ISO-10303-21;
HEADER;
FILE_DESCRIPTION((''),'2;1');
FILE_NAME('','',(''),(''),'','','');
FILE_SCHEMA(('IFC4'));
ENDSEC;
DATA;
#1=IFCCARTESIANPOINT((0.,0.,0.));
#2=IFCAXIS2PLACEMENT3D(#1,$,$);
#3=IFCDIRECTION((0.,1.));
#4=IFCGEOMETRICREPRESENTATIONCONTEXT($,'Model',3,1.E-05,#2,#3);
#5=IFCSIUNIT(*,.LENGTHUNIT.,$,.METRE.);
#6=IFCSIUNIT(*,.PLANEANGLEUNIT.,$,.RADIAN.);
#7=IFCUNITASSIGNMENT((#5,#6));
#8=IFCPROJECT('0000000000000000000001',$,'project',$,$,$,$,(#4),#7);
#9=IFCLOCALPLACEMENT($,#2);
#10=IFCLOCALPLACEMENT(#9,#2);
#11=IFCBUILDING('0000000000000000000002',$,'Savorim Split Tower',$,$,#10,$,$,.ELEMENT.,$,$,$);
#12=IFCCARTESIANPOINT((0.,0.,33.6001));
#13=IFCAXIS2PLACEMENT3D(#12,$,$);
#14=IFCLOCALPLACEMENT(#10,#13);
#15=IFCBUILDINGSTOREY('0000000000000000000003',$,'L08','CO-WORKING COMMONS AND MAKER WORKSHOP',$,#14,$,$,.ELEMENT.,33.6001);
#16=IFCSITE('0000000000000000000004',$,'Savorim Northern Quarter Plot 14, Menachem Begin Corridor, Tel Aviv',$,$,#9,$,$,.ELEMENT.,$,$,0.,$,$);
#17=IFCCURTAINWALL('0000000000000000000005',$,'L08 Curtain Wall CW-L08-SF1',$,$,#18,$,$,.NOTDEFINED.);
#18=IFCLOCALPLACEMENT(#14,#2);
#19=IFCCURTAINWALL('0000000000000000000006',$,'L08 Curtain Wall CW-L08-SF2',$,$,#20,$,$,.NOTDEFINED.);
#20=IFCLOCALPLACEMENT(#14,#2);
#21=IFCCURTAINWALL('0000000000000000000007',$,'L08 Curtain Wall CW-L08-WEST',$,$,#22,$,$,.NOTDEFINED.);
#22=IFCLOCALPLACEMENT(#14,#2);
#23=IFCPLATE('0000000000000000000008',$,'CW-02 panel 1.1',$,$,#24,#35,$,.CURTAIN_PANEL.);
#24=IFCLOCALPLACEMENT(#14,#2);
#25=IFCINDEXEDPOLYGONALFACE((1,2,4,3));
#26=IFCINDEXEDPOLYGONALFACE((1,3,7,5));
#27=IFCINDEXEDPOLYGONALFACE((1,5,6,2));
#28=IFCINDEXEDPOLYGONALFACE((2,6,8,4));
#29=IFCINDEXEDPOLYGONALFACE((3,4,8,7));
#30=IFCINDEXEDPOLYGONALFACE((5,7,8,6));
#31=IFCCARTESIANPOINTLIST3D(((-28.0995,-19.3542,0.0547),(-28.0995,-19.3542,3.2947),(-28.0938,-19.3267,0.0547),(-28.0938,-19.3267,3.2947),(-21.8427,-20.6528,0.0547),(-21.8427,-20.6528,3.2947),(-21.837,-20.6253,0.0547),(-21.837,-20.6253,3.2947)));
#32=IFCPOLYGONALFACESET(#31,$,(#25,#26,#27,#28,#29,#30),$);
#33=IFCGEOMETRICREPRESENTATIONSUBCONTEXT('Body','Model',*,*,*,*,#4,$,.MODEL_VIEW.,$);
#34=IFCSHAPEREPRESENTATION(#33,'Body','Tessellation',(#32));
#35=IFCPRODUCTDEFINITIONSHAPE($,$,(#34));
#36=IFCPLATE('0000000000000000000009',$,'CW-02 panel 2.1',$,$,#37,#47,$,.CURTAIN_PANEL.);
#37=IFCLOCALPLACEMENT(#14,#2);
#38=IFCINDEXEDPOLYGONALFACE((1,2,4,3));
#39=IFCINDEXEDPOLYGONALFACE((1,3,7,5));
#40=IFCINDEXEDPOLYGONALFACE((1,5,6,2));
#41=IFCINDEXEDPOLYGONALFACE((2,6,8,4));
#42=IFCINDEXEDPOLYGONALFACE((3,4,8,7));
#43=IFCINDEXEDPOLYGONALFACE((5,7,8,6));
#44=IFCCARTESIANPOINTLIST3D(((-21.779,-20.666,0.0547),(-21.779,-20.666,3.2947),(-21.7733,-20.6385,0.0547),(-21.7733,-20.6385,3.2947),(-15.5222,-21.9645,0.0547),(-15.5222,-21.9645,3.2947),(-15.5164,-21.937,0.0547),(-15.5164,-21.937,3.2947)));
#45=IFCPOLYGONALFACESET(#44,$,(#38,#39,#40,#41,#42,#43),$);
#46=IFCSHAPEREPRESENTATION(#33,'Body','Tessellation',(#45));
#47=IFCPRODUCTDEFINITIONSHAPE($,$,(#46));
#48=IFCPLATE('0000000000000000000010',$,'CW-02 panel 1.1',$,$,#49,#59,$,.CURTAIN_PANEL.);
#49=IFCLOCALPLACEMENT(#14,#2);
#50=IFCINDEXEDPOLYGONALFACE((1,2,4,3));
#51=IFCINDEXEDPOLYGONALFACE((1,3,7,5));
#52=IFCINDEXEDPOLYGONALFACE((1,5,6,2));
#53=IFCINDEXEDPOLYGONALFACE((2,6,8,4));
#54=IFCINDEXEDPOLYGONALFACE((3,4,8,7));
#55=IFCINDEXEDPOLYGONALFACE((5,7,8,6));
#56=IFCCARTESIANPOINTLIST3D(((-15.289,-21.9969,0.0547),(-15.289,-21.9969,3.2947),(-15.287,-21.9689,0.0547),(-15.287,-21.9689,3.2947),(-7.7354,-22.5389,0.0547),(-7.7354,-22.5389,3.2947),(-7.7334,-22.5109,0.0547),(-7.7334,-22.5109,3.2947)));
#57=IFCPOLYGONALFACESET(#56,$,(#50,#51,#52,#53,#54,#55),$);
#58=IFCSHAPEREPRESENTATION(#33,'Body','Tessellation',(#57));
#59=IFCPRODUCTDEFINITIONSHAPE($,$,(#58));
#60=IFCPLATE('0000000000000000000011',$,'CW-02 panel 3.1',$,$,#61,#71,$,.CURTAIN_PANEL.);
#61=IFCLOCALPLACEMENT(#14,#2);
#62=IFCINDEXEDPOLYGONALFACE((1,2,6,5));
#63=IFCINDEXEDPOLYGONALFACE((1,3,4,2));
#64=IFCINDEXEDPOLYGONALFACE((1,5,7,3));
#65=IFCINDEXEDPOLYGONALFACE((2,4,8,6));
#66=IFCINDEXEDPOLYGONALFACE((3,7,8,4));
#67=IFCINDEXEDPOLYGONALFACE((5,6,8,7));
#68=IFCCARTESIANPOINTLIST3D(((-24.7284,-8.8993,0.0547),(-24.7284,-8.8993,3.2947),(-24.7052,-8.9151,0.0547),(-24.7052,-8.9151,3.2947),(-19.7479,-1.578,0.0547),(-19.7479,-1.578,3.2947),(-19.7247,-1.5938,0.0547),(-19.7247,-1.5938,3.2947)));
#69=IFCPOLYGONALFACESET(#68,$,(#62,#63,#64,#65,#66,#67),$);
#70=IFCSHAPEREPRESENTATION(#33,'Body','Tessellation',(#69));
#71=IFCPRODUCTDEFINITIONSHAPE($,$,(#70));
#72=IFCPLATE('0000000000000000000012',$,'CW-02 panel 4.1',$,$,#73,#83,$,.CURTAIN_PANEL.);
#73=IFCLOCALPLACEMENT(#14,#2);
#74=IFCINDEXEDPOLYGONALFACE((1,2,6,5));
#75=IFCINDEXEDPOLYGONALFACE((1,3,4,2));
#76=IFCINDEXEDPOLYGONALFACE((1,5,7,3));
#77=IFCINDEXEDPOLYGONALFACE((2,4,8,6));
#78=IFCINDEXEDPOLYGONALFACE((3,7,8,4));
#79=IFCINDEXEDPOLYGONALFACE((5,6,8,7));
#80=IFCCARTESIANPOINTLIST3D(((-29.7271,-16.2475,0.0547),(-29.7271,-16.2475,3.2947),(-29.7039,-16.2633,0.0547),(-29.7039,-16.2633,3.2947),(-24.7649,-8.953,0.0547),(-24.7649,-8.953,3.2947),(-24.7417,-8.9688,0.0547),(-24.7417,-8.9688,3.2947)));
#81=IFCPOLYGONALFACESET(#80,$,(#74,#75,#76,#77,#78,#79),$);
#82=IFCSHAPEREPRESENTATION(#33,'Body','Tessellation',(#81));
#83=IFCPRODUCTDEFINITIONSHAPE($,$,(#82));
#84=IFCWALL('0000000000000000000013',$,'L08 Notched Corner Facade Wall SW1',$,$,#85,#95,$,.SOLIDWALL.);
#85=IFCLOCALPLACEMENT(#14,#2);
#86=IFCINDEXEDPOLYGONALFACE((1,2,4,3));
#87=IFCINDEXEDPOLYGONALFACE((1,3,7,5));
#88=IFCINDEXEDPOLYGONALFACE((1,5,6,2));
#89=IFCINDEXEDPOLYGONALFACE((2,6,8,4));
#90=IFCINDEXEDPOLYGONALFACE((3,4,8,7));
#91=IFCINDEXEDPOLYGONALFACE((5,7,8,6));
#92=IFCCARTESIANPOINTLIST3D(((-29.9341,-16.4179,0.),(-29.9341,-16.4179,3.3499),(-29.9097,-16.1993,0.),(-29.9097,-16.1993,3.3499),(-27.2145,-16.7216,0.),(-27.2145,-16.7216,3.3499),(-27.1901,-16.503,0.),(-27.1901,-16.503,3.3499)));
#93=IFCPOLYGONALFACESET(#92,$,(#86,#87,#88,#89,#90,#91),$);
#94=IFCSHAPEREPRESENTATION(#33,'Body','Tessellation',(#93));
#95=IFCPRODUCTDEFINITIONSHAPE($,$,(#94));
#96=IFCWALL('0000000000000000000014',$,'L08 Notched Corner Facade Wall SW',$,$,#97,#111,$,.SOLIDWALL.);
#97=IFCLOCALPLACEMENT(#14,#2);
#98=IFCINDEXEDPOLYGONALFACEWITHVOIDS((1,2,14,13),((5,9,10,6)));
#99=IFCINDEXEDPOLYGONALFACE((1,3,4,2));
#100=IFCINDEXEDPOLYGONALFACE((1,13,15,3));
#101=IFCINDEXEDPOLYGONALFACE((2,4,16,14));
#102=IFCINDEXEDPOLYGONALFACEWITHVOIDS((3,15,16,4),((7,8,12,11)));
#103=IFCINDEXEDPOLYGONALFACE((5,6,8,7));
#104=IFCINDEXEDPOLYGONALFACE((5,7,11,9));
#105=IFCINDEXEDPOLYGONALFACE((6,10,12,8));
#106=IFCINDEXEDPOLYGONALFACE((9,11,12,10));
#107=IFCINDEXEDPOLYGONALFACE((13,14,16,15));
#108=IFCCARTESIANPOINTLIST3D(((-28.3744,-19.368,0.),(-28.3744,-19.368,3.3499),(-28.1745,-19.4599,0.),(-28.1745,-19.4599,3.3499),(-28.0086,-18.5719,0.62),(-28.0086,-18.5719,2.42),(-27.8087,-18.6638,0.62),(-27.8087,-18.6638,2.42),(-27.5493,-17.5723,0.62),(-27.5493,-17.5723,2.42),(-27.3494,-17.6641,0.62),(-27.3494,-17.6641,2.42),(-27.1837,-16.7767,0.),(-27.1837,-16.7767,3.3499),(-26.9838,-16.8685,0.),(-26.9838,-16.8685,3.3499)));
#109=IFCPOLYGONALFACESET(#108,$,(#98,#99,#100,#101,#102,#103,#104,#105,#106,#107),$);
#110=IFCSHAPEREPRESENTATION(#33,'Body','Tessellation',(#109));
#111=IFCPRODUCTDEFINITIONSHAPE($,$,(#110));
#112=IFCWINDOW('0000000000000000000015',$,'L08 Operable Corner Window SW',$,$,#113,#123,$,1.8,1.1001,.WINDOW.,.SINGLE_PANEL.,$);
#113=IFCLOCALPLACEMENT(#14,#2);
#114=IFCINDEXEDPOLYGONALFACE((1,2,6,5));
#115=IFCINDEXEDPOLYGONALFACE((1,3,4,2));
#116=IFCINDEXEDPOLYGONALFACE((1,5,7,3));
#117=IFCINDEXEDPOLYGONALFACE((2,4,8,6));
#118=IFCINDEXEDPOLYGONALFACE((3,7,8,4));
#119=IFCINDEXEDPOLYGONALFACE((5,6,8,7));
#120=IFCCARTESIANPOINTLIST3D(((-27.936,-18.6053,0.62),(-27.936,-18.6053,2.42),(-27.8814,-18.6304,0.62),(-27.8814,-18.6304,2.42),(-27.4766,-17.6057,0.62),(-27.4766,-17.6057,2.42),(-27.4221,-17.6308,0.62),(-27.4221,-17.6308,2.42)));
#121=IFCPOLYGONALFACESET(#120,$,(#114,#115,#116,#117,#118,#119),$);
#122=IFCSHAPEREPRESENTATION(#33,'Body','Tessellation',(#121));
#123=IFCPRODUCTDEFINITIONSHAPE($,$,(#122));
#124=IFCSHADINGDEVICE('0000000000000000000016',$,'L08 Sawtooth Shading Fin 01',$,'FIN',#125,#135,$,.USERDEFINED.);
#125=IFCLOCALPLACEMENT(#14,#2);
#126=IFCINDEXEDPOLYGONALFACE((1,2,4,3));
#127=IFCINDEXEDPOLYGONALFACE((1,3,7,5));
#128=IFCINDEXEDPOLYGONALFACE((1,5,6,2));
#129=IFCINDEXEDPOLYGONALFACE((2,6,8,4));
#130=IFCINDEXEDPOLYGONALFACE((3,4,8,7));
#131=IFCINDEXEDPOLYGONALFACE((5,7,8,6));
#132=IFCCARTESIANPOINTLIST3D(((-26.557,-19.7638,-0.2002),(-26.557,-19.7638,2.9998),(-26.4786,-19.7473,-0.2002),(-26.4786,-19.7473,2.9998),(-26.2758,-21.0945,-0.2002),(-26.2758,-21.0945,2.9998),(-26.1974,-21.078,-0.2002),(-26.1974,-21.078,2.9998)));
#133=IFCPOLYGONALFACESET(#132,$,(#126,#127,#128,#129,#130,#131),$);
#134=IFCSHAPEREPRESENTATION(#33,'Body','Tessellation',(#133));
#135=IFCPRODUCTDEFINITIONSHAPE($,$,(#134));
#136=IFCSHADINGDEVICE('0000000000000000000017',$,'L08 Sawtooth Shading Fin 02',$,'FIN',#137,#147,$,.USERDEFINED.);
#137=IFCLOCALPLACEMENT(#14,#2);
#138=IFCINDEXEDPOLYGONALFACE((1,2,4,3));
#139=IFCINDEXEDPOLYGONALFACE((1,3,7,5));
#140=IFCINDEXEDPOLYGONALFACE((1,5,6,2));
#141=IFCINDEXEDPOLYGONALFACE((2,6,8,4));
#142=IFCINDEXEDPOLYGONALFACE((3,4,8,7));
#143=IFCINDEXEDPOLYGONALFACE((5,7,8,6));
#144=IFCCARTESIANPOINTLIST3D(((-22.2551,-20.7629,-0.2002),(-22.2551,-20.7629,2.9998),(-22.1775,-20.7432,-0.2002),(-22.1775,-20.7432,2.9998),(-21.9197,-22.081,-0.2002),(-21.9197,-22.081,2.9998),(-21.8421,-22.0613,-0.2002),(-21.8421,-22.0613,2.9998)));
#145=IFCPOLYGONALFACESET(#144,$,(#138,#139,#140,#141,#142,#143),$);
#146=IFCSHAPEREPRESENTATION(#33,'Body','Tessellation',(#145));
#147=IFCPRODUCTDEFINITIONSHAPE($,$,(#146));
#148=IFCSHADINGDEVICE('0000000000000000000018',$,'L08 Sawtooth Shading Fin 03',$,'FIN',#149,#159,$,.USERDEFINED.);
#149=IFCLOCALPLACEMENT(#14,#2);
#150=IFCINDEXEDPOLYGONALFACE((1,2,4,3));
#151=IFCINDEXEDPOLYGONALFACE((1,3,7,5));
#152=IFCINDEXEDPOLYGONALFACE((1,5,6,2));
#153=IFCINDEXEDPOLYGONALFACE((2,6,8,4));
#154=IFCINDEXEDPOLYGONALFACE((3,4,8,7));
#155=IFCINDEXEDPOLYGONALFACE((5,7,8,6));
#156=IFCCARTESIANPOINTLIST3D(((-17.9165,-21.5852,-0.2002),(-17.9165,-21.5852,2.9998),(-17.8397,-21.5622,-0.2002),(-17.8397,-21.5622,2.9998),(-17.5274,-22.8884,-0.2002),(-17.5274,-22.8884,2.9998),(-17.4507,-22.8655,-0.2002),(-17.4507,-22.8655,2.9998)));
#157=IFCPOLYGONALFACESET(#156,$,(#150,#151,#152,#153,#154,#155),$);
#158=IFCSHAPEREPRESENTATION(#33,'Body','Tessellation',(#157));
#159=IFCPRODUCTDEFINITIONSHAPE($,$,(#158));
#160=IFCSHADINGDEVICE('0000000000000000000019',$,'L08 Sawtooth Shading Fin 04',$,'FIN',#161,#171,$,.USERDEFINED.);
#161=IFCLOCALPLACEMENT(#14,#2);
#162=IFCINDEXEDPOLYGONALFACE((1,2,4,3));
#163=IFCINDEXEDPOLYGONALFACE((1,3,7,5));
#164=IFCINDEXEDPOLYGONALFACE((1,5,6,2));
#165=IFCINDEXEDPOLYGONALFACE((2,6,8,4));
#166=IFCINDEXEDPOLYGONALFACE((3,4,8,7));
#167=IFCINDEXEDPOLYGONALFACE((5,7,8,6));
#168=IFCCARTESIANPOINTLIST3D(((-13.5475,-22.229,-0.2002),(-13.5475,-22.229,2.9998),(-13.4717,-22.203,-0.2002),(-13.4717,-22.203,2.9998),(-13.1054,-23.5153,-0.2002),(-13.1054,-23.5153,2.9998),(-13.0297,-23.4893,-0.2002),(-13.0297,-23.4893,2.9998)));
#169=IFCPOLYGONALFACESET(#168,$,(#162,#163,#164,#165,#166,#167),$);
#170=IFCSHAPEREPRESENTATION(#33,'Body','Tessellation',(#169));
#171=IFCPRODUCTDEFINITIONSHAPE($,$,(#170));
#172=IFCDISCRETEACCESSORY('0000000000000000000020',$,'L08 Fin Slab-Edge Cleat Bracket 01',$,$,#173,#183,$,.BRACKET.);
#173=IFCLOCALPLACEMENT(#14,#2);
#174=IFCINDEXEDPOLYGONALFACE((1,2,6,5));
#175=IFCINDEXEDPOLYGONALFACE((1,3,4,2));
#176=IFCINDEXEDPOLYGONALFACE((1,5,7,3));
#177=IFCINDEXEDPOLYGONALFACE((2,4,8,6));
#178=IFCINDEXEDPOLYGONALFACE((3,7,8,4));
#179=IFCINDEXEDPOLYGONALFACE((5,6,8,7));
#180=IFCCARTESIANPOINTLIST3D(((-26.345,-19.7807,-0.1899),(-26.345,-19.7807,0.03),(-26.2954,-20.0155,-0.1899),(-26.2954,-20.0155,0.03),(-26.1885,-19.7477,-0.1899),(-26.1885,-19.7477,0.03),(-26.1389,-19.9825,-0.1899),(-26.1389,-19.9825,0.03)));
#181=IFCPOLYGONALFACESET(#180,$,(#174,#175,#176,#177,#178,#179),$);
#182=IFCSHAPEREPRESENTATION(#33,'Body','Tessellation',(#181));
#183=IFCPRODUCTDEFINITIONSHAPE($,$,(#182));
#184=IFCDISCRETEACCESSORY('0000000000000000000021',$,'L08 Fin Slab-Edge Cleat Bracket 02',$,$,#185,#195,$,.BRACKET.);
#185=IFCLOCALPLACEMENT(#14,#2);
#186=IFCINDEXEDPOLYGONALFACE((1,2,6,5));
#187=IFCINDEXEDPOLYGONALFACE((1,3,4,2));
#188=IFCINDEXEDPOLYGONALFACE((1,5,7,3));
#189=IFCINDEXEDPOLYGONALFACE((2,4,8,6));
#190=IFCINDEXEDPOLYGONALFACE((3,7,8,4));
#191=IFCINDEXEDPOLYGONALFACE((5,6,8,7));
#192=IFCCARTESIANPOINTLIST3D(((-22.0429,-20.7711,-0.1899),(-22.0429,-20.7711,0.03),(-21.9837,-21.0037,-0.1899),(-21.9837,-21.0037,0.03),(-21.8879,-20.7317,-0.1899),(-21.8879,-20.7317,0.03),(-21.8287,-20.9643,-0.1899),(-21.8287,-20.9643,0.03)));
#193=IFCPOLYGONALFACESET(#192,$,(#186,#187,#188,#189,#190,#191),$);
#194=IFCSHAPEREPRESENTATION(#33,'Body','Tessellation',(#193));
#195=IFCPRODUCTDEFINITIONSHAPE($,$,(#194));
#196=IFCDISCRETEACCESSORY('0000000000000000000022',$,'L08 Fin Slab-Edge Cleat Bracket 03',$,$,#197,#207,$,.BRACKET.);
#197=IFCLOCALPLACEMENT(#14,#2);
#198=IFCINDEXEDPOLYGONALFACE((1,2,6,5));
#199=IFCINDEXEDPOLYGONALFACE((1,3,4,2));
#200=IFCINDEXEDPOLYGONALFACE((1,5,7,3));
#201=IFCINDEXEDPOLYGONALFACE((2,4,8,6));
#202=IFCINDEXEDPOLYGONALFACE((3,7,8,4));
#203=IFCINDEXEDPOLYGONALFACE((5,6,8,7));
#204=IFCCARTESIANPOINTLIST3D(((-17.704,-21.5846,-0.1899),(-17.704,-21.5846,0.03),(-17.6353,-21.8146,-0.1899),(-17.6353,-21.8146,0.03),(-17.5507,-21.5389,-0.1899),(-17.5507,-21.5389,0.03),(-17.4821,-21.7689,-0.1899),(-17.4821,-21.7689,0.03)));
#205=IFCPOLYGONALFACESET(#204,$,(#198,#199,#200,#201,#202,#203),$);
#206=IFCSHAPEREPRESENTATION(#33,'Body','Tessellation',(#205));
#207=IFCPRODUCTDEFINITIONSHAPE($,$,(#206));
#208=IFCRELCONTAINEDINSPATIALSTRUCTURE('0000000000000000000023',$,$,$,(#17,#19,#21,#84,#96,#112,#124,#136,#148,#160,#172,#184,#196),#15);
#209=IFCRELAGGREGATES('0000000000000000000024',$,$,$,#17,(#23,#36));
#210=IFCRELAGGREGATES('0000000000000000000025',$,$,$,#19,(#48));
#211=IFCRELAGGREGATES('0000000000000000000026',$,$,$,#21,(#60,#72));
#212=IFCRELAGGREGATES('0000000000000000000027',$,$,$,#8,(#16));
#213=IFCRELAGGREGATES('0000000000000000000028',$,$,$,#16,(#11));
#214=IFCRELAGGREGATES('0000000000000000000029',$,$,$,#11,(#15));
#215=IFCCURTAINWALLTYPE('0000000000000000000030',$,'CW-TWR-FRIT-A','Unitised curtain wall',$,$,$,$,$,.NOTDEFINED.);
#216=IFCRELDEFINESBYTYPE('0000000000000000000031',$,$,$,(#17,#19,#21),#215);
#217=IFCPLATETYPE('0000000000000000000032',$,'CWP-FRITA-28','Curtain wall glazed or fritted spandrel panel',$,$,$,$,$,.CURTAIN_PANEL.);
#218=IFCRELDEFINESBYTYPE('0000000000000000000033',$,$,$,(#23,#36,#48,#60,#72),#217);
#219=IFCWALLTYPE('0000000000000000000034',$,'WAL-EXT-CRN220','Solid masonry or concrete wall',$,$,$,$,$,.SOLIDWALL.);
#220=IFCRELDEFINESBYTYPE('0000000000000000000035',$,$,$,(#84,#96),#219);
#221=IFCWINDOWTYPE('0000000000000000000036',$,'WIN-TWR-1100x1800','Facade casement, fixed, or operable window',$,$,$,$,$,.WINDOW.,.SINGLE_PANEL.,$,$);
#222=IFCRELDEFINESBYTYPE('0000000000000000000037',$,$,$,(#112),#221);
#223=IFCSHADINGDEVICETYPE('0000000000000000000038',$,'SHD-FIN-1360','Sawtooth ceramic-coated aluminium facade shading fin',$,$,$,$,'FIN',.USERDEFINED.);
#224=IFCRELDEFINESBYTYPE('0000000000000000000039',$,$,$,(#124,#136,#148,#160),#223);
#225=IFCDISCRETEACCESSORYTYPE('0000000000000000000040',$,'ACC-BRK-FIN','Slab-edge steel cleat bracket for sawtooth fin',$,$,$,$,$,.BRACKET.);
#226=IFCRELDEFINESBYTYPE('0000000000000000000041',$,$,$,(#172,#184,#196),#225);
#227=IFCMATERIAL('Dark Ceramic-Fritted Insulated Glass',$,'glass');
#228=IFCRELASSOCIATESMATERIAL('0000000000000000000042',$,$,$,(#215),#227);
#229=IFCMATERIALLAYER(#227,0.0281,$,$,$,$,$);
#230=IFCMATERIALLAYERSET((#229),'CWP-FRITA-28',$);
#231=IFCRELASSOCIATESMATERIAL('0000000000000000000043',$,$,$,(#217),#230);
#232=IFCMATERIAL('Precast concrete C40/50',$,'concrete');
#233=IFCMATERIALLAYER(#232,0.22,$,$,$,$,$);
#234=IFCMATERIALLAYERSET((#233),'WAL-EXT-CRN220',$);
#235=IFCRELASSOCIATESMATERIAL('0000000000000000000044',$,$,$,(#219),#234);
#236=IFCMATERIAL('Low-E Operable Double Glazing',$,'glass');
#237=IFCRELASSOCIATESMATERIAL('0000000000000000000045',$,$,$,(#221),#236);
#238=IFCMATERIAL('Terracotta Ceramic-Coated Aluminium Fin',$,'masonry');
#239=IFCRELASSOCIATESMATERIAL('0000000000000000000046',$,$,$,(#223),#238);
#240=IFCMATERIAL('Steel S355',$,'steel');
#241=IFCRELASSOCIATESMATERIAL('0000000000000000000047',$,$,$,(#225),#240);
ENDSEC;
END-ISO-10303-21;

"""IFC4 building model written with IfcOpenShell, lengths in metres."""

from ifc_helpers import new_model, si_unit, direction, frame, frame_2d, origin, origin_2d, place, context, subcontext, project, spatial, rectangle, extrude, material, layer, layer_set, type_object, element, fill, aggregate, save


model = new_model("IFC4")

# Units and contexts
model_context = context("Model", 3, precision=1e-05, world=origin(), true_north=direction((0.0, 1.0)))
body_context = subcontext(model_context, "Body", "Model", "MODEL_VIEW")
ifc_project = project(units=[si_unit("LENGTHUNIT", "METRE"), si_unit("PLANEANGLEUNIT", "RADIAN")], contexts=[model_context])

# Site, building, storey
site_placement = place(None, origin())
site = spatial("IfcSite", under=ifc_project, at=site_placement, Name="Savorim Northern Quarter Plot 14, Menachem Begin Corridor, Tel Aviv", CompositionType="ELEMENT", RefElevation=0.0)
building_placement = place(site_placement, origin())
building = spatial("IfcBuilding", under=site, at=building_placement, Name="Savorim Split Tower", CompositionType="ELEMENT")
storey_placement = place(building_placement, frame((0.0, 0.0, 33.6001)))
storey = spatial("IfcBuildingStorey", under=building, at=storey_placement, Name="L08", Description="CO-WORKING COMMONS AND MAKER WORKSHOP", CompositionType="ELEMENT", Elevation=33.6001)

# Shared definitions
ifc_material_1 = material(Name="Steel S355", Category="steel")

# Curtain wall
ifc_material_2 = material(Name="Dark Ceramic-Fritted Insulated Glass", Category="glass")
curtain_wall_type = type_object("IfcCurtainWallType", Name="CW-TWR-FRIT-A", Description="Unitised curtain wall", PredefinedType="NOTDEFINED", material=ifc_material_2)
curtain_wall_1_placement = place(storey_placement, origin())
curtain_wall_1 = element("IfcCurtainWall", 1, at=curtain_wall_1_placement, inside=storey, type_object=curtain_wall_type, Name="L08 Curtain Wall CW-L08-SF1", PredefinedType="NOTDEFINED")

# Curtain wall
curtain_wall_2_placement = place(storey_placement, origin())
curtain_wall_2 = element("IfcCurtainWall", 2, at=curtain_wall_2_placement, inside=storey, type_object=curtain_wall_type, Name="L08 Curtain Wall CW-L08-SF2", PredefinedType="NOTDEFINED")

# Curtain wall
curtain_wall_3_placement = place(storey_placement, origin())
curtain_wall_3 = element("IfcCurtainWall", 3, at=curtain_wall_3_placement, inside=storey, type_object=curtain_wall_type, Name="L08 Curtain Wall CW-L08-WEST", PredefinedType="NOTDEFINED")

# Plates
ifc_layer_1 = layer(ifc_material_2, 0.0281)
ifc_layer_set_1 = layer_set([ifc_layer_1], Name="CWP-FRITA-28")
plate_type = type_object("IfcPlateType", Name="CWP-FRITA-28", Description="Curtain wall glazed or fritted spandrel panel", PredefinedType="CURTAIN_PANEL", material=ifc_layer_set_1)
plate_1_placement = place(storey_placement, frame((-24.9683, -19.9897, 0.0547), z_axis=(0.0, 0.0, 1.0), x_axis=(0.979135, -0.20321, 0.0)))
plate_1 = element("IfcPlate", 4, at=plate_1_placement, type_object=plate_type, Name="CW-02 panel 1.1", PredefinedType="CURTAIN_PANEL", context=body_context, shape_type="SweptSolid", body=[
    extrude(rectangle(XDim=6.3901, YDim=0.0281, at=origin_2d()), origin(), (0.0, 0.0, 1.0), 3.24),
])
plate_2_placement = place(storey_placement, frame((-18.6477, -21.3015, 0.0547), z_axis=(0.0, 0.0, 1.0), x_axis=(0.979135, -0.20321, 0.0)))
plate_2 = element("IfcPlate", 5, at=plate_2_placement, type_object=plate_type, Name="CW-02 panel 2.1", PredefinedType="CURTAIN_PANEL", context=body_context, shape_type="SweptSolid", body=[
    extrude(rectangle(XDim=6.3901, YDim=0.0281, at=origin_2d()), origin(), (0.0, 0.0, 1.0), 3.24),
])
aggregate(curtain_wall_1, [plate_1, plate_2])
plate_3_placement = place(storey_placement, frame((-11.5112, -22.2539, 0.0547), z_axis=(0.0, 0.0, 1.0), x_axis=(0.997436, -0.07156, 0.0)))
plate_3 = element("IfcPlate", 6, at=plate_3_placement, type_object=plate_type, Name="CW-02 panel 1.1", PredefinedType="CURTAIN_PANEL", context=body_context, shape_type="SweptSolid", body=[
    extrude(rectangle(XDim=7.573, YDim=0.0281, at=origin_2d()), origin(), (0.0, 0.0, 1.0), 3.24),
])
aggregate(curtain_wall_2, [plate_3])
plate_4_placement = place(storey_placement, frame((-22.2266, -5.2466, 0.0547), z_axis=(0.0, 0.0, 1.0), x_axis=(-0.562465, -0.826821, 0.0)))
plate_4 = element("IfcPlate", 7, at=plate_4_placement, type_object=plate_type, Name="CW-02 panel 3.1", PredefinedType="CURTAIN_PANEL", context=body_context, shape_type="SweptSolid", body=[
    extrude(rectangle(XDim=8.8547, YDim=0.0281, at=origin_2d()), origin(), (0.0, 0.0, 1.0), 3.24),
])
plate_5_placement = place(storey_placement, frame((-27.2344, -12.6082, 0.0547), z_axis=(0.0, 0.0, 1.0), x_axis=(-0.562465, -0.826821, 0.0)))
plate_5 = element("IfcPlate", 8, at=plate_5_placement, type_object=plate_type, Name="CW-02 panel 4.1", PredefinedType="CURTAIN_PANEL", context=body_context, shape_type="SweptSolid", body=[
    extrude(rectangle(XDim=8.8223, YDim=0.0281, at=origin_2d()), origin(), (0.0, 0.0, 1.0), 3.24),
])
aggregate(curtain_wall_3, [plate_4, plate_5])

# Wall
ifc_material_3 = material(Name="Precast concrete C40/50", Category="concrete")
ifc_layer_2 = layer(ifc_material_3, 0.22)
ifc_layer_set_2 = layer_set([ifc_layer_2], Name="WAL-EXT-CRN220")
wall_type = type_object("IfcWallType", Name="WAL-EXT-CRN220", Description="Solid masonry or concrete wall", PredefinedType="SOLIDWALL", material=ifc_layer_set_2)
wall_1_placement = place(storey_placement, frame((-27.2024, -16.6123, 0.0), z_axis=(0.0, 0.0, 1.0), x_axis=(-0.993823, 0.11098, 0.0)))
element("IfcWall", 9, at=wall_1_placement, inside=storey, type_object=wall_type, Name="L08 Notched Corner Facade Wall SW1", PredefinedType="SOLIDWALL", context=body_context, shape_type="SweptSolid", body=[
    extrude(rectangle(XDim=2.7366, YDim=0.22, at=frame_2d((1.3682, 0.0))), origin(), (0.0, 0.0, 1.0), 3.3499),
])

# Wall, opening, window
wall_2_placement = place(storey_placement, frame((-28.2744, -19.4138, 0.0), z_axis=(0.0, 0.0, 1.0), x_axis=(0.417521, 0.908667, 0.0)))
wall_2 = element("IfcWall", 10, at=wall_2_placement, inside=storey, type_object=wall_type, Name="L08 Notched Corner Facade Wall SW", PredefinedType="SOLIDWALL", context=body_context, shape_type="SweptSolid", body=[
    extrude(rectangle(XDim=2.8518, YDim=0.22, at=frame_2d((1.4258, 0.0))), origin(), (0.0, 0.0, 1.0), 3.3499),
])
opening_placement = place(wall_2_placement, frame((0.876, 0.0, 0.6201)))
opening = element("IfcOpeningElement", 11, at=opening_placement, cuts=wall_2, PredefinedType="OPENING", context=body_context, shape_type="SweptSolid", body=[
    extrude(rectangle(XDim=1.1001, YDim=1.8, at=frame_2d((0.55, 0.8999))), frame((0.0, 0.1199, 0.0), z_axis=(0.0, -1.0, 0.0), x_axis=(1.0, 0.0, 0.0)), (0.0, 0.0, 1.0), 0.24),
])
ifc_material_4 = material(Name="Low-E Operable Double Glazing", Category="glass")
window_type = type_object("IfcWindowType", Name="WIN-TWR-1100x1800", Description="Facade casement, fixed, or operable window", PartitioningType="SINGLE_PANEL", PredefinedType="WINDOW", material=ifc_material_4)
window_placement = place(opening_placement, origin())
window = element("IfcWindow", 12, at=window_placement, inside=storey, type_object=window_type, Name="L08 Operable Corner Window SW", OverallHeight=1.8, OverallWidth=1.1001, PartitioningType="SINGLE_PANEL", PredefinedType="WINDOW", context=body_context, shape_type="SweptSolid", body=[
    extrude(rectangle(XDim=1.1001, YDim=1.8, at=frame_2d((0.55, 0.8999))), frame((0.0, 0.03, 0.0), z_axis=(0.0, -1.0, 0.0), x_axis=(1.0, 0.0, 0.0)), (0.0, 0.0, 1.0), 0.0601),
])
fill(opening, window)

# Shading devices
ifc_material_5 = material(Name="Terracotta Ceramic-Coated Aluminium Fin", Category="masonry")
shading_device_type = type_object("IfcShadingDeviceType", Name="SHD-FIN-1360", Description="Sawtooth ceramic-coated aluminium facade shading fin", ElementType="FIN", PredefinedType="USERDEFINED", material=ifc_material_5)
for number, where, z_axis, x_axis, name in (
    (13, (-26.3772, -20.4209, -0.2002), (0.0, 0.0, 1.0), (0.206722, -0.9784, 0.0), "L08 Sawtooth Shading Fin 01"),
    (14, (-22.0486, -21.4121, -0.2002), (0.0, 0.0, 1.0), (0.246581, -0.969122, 0.0), "L08 Sawtooth Shading Fin 02"),
    (15, (-17.6836, -22.2253, -0.2002), (0.0, 0.0, 1.0), (0.286026, -0.958222, 0.0), "L08 Sawtooth Shading Fin 03"),
    (16, (-13.2886, -22.8591, -0.2002), (0.0, 0.0, 1.0), (0.324994, -0.945716, 0.0), "L08 Sawtooth Shading Fin 04"),
):
    element("IfcShadingDevice", number, at=place(storey_placement, frame(where, z_axis=z_axis, x_axis=x_axis)), inside=storey, type_object=shading_device_type, Name=name, ObjectType="FIN", PredefinedType="USERDEFINED", context=body_context, shape_type="SweptSolid", body=[
        extrude(rectangle(XDim=1.3601, YDim=0.0801, at=origin_2d()), origin(), (0.0, 0.0, 1.0), 3.2),
    ])

# Discrete accessories
discrete_accessory_type = type_object("IfcDiscreteAccessoryType", Name="ACC-BRK-FIN", Description="Slab-edge steel cleat bracket for sawtooth fin", PredefinedType="BRACKET", material=ifc_material_1)
for number, where, z_axis, x_axis, name in (
    (17, (-26.2419, -19.8816, -0.1899), (0.0, 0.0, 1.0), (0.206722, -0.9784, 0.0), "L08 Fin Slab-Edge Cleat Bracket 01"),
    (18, (-21.9358, -20.8677, -0.1899), (0.0, 0.0, 1.0), (0.246581, -0.969122, 0.0), "L08 Fin Slab-Edge Cleat Bracket 02"),
    (19, (-17.593, -21.6768, -0.1899), (0.0, 0.0, 1.0), (0.286026, -0.958222, 0.0), "L08 Fin Slab-Edge Cleat Bracket 03"),
):
    element("IfcDiscreteAccessory", number, at=place(storey_placement, frame(where, z_axis=z_axis, x_axis=x_axis)), inside=storey, type_object=discrete_accessory_type, Name=name, PredefinedType="BRACKET", context=body_context, shape_type="SweptSolid", body=[
        extrude(rectangle(XDim=0.24, YDim=0.1599, at=origin_2d()), origin(), (0.0, 0.0, 1.0), 0.22),
    ])

save(model, "model.ifc")
